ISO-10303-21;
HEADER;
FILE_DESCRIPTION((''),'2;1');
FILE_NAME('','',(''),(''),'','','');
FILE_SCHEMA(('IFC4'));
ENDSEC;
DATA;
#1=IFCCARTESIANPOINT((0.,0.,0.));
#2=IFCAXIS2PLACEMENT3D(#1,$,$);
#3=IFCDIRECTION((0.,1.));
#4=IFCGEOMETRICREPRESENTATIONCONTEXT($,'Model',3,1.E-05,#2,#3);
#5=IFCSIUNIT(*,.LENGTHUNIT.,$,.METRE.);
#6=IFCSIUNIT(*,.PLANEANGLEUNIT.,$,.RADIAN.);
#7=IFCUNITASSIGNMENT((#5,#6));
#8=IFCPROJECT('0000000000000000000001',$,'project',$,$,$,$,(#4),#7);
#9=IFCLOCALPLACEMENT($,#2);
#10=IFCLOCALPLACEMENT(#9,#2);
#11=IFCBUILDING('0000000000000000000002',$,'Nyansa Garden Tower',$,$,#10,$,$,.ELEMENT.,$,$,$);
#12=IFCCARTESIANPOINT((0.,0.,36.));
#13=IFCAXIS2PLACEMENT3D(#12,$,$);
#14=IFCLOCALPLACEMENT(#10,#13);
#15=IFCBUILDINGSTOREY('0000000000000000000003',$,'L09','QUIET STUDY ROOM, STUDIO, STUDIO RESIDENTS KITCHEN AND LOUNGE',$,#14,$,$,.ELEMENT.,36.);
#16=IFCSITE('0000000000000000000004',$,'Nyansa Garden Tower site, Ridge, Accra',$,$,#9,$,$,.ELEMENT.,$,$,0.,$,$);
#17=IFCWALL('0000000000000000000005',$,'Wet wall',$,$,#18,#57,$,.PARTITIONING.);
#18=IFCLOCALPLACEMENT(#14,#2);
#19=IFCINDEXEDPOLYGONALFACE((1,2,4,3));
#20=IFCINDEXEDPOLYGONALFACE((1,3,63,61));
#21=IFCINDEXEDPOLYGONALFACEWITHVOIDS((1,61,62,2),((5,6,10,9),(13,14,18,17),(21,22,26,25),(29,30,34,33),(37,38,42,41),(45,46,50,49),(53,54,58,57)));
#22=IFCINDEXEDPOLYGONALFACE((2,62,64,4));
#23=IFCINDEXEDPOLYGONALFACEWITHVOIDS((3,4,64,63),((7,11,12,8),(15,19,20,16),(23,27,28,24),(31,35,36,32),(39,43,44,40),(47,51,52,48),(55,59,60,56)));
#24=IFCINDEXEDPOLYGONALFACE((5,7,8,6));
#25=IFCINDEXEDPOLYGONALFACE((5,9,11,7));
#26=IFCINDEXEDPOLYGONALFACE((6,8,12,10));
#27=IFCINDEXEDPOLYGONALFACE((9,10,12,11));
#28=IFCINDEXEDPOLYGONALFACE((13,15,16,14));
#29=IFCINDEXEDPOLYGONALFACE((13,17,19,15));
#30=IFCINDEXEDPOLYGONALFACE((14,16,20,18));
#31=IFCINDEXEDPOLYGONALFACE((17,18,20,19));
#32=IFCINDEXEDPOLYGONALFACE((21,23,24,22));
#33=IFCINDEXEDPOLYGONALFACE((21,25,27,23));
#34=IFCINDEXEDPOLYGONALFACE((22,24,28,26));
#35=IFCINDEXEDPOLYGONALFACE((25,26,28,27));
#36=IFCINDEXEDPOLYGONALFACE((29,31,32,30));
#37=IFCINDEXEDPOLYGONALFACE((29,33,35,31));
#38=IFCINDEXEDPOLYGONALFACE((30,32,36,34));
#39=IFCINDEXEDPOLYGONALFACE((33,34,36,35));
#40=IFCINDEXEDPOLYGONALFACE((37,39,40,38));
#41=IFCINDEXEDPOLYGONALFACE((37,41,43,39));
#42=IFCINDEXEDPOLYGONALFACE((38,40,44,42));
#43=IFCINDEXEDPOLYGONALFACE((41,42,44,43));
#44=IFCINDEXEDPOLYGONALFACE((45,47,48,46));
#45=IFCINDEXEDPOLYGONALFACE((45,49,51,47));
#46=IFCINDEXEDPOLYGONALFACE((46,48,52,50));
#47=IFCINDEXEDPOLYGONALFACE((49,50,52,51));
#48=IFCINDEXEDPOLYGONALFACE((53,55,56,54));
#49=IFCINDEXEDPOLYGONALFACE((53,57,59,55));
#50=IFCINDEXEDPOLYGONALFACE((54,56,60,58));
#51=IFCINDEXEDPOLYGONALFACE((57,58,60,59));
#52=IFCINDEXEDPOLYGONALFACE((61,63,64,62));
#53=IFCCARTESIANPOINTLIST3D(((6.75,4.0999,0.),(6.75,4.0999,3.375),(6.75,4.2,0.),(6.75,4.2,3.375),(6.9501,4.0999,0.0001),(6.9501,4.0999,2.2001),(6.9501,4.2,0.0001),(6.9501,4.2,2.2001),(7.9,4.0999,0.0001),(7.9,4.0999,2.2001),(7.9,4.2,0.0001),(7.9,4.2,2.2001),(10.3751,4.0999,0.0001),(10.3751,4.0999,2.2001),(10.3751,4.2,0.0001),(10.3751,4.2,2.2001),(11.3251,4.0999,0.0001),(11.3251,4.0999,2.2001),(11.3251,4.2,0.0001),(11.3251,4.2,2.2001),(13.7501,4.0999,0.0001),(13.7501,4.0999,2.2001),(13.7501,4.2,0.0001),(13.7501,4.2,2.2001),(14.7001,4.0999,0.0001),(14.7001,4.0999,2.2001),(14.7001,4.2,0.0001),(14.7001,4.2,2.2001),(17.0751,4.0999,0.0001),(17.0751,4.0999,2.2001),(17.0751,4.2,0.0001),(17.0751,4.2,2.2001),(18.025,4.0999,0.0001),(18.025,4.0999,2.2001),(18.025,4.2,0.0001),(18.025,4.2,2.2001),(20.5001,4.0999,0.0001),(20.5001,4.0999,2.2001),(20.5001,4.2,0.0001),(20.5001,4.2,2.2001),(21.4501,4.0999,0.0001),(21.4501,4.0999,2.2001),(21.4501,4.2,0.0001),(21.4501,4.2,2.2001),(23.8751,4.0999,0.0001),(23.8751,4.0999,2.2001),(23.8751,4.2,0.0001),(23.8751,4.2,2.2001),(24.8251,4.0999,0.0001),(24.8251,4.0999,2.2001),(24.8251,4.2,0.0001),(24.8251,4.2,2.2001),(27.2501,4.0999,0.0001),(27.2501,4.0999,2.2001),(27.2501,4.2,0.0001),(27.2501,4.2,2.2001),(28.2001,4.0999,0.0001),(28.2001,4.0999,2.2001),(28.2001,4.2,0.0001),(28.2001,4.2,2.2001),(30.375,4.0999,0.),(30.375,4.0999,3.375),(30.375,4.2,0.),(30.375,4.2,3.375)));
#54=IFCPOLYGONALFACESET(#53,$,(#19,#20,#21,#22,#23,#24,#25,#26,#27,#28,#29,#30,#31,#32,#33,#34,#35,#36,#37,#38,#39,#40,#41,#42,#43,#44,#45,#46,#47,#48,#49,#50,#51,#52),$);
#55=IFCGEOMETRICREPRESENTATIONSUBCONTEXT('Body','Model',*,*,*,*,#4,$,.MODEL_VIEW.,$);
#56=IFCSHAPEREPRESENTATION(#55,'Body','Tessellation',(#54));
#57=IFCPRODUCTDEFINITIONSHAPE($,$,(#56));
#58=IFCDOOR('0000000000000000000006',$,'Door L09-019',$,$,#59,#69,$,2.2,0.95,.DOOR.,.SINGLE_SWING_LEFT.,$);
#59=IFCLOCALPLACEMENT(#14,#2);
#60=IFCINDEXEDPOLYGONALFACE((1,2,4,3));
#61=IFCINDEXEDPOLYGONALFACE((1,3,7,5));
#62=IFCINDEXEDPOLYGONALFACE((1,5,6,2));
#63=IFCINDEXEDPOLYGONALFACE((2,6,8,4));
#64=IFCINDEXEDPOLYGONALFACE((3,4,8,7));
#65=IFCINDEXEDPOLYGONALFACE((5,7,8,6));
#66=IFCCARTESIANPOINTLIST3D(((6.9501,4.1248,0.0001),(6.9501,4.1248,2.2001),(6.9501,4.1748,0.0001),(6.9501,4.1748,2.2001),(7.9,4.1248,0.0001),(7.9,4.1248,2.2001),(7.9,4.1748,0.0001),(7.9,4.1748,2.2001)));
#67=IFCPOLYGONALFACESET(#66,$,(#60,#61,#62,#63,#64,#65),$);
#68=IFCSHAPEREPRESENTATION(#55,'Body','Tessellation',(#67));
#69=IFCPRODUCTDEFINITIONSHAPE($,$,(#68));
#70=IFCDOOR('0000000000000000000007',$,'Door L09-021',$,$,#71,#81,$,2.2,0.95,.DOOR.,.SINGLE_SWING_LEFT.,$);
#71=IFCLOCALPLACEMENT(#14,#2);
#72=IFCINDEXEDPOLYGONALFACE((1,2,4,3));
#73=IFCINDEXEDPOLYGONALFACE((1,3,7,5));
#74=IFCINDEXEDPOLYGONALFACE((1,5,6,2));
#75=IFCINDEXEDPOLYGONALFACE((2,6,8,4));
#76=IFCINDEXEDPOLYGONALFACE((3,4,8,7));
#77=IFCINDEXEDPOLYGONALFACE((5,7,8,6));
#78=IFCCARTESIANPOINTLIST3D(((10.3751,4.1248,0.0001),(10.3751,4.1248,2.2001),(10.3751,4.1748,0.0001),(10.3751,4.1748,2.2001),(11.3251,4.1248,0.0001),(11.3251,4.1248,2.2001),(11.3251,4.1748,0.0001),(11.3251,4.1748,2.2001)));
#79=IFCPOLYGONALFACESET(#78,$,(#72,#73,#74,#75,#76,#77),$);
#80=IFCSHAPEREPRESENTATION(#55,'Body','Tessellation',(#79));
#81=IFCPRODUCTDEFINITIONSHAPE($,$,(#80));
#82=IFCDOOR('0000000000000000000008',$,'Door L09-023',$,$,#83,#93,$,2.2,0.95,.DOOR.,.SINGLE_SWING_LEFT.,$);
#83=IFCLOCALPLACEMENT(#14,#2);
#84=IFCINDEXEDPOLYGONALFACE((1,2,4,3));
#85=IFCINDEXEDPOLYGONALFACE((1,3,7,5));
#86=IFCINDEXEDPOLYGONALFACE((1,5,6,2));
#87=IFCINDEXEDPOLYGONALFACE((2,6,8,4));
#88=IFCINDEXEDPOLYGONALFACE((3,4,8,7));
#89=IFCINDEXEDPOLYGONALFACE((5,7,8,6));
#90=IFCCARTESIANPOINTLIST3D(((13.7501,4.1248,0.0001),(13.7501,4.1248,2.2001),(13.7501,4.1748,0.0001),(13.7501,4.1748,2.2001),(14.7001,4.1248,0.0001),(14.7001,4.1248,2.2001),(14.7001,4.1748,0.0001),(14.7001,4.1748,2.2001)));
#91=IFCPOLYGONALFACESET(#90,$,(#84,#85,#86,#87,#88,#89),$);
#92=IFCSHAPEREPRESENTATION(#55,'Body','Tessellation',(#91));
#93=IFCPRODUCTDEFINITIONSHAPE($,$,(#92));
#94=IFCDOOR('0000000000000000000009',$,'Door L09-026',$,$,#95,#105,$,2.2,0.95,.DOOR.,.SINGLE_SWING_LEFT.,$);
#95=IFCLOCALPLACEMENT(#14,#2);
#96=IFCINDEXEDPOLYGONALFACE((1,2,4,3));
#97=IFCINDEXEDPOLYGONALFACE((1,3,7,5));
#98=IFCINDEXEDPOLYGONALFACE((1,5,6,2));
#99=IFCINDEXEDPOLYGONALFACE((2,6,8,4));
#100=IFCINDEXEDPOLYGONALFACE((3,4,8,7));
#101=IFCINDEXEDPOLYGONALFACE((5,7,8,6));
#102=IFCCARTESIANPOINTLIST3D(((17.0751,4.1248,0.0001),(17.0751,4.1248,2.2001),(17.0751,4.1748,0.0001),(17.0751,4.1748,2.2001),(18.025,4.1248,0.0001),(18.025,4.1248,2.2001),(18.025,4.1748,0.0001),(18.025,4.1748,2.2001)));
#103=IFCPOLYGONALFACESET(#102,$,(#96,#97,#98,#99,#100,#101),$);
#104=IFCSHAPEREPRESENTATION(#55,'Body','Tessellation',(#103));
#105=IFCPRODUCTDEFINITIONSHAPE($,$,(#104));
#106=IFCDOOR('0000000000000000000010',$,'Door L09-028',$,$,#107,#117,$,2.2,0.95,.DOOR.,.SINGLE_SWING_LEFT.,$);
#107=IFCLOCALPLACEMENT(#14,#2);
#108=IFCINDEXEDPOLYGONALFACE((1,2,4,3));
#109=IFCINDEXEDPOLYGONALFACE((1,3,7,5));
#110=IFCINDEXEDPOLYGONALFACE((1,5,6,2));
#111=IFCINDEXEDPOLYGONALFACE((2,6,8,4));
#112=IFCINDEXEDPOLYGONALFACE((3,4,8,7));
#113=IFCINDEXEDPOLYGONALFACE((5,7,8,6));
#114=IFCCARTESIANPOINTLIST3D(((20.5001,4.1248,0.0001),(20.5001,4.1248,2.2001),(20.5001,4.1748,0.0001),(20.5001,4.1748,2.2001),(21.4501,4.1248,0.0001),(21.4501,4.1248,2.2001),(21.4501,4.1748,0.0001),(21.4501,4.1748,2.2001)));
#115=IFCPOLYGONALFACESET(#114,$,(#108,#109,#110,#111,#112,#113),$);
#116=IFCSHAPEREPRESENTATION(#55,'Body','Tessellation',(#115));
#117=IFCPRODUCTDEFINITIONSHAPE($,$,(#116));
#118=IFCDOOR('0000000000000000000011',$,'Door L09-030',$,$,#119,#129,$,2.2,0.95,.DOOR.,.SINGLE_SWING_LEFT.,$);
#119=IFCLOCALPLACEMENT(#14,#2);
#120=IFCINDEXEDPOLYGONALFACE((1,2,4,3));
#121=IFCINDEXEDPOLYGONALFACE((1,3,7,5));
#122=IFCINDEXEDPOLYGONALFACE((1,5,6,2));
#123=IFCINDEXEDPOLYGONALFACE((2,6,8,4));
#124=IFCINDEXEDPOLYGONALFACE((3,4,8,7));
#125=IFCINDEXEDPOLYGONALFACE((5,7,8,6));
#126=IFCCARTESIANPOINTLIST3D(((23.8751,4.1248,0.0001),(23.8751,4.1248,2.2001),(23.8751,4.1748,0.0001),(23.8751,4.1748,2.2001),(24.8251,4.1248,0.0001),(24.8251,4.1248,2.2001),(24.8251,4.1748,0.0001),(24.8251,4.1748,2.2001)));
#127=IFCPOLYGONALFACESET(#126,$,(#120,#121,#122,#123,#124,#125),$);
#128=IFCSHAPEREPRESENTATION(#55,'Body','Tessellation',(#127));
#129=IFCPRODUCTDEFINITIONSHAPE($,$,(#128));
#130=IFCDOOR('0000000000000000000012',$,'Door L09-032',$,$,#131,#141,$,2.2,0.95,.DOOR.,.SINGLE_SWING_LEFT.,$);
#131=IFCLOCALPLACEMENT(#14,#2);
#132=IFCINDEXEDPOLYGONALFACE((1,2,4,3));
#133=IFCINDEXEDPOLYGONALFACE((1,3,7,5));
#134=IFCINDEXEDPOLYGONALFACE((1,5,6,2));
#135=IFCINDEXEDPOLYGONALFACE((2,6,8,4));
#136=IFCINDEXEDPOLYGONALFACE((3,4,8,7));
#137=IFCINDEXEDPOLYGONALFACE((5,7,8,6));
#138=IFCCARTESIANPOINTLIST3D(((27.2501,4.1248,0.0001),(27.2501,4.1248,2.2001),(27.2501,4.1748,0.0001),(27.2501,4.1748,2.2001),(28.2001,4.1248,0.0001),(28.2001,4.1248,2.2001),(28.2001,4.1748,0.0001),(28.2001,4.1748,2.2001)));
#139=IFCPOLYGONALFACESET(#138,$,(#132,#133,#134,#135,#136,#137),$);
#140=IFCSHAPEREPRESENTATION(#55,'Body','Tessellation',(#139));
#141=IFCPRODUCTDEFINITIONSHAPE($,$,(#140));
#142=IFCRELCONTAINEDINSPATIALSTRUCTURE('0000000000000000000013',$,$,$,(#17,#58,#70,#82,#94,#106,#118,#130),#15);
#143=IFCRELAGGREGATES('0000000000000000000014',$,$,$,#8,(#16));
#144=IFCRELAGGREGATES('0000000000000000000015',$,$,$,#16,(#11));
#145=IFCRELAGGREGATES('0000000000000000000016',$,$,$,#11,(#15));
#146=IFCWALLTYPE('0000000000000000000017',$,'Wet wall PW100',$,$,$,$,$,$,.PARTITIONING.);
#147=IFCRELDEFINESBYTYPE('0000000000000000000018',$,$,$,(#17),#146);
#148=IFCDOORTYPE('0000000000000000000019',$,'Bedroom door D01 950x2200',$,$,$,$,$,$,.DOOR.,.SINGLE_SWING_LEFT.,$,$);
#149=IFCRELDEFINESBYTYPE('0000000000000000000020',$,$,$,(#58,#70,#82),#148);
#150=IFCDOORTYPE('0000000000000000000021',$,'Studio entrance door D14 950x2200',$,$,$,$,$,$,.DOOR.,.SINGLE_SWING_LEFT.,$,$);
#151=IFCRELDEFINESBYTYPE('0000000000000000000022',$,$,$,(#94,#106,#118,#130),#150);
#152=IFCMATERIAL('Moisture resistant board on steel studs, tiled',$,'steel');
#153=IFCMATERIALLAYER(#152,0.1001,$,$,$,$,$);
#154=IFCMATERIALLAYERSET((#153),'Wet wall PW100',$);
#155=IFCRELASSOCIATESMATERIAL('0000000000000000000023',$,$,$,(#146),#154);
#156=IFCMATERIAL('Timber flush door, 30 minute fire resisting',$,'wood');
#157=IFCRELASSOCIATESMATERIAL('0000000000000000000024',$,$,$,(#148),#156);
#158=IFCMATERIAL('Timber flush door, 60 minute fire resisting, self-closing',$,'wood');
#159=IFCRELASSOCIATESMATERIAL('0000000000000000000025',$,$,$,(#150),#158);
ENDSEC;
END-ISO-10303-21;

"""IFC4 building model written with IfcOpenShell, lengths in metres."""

from ifc_helpers import new_model, si_unit, direction, frame, frame_2d, origin, place, context, subcontext, project, spatial, rectangle, extrude, material, layer, layer_set, type_object, element, fill, save


model = new_model("IFC4")

# Units and contexts
model_context = context("Model", 3, precision=1e-05, world=origin(), true_north=direction((0.0, 1.0)))
body_context = subcontext(model_context, "Body", "Model", "MODEL_VIEW")
ifc_project = project(units=[si_unit("LENGTHUNIT", "METRE"), si_unit("PLANEANGLEUNIT", "RADIAN")], contexts=[model_context])

# Site, building, storey
site_placement = place(None, origin())
site = spatial("IfcSite", under=ifc_project, at=site_placement, Name="Nyansa Garden Tower site, Ridge, Accra", CompositionType="ELEMENT", RefElevation=0.0)
building_placement = place(site_placement, origin())
building = spatial("IfcBuilding", under=site, at=building_placement, Name="Nyansa Garden Tower", CompositionType="ELEMENT")
storey_placement = place(building_placement, frame((0.0, 0.0, 36.0)))
storey = spatial("IfcBuildingStorey", under=building, at=storey_placement, Name="L09", Description="QUIET STUDY ROOM, STUDIO, STUDIO RESIDENTS KITCHEN AND LOUNGE", CompositionType="ELEMENT", Elevation=36.0)

# Wall, openings, doors
ifc_material_1 = material(Name="Moisture resistant board on steel studs, tiled", Category="steel")
ifc_layer_1 = layer(ifc_material_1, 0.1001)
ifc_layer_set_1 = layer_set([ifc_layer_1], Name="Wet wall PW100")
wall_type_1 = type_object("IfcWallType", Name="Wet wall PW100", PredefinedType="PARTITIONING", material=ifc_layer_set_1)
wall_1_placement = place(storey_placement, frame((6.75, 4.1499, 0.0), z_axis=(0.0, 0.0, 1.0), x_axis=(1.0, 0.0, 0.0)))
wall_1 = element("IfcWall", 1, at=wall_1_placement, inside=storey, type_object=wall_type_1, Name="Wet wall", PredefinedType="PARTITIONING", context=body_context, shape_type="SweptSolid", body=[
    extrude(rectangle(XDim=23.625, YDim=0.1001, at=frame_2d((11.8125, 0.0))), origin(), (0.0, 0.0, 1.0), 3.375),
])
opening_1_placement = place(wall_1_placement, frame((0.2, 0.0, 0.0)))
opening_1 = element("IfcOpeningElement", 2, at=opening_1_placement, cuts=wall_1, PredefinedType="OPENING", context=body_context, shape_type="SweptSolid", body=[
    extrude(rectangle(XDim=0.95, YDim=2.2, at=frame_2d((0.4751, 1.1001))), frame((0.0, 0.0601, 0.0), z_axis=(0.0, -1.0, 0.0), x_axis=(1.0, 0.0, 0.0)), (0.0, 0.0, 1.0), 0.1201),
])
opening_2_placement = place(wall_1_placement, frame((3.625, 0.0, 0.0)))
opening_2 = element("IfcOpeningElement", 3, at=opening_2_placement, cuts=wall_1, PredefinedType="OPENING", context=body_context, shape_type="SweptSolid", body=[
    extrude(rectangle(XDim=0.95, YDim=2.2, at=frame_2d((0.4751, 1.1001))), frame((0.0, 0.0601, 0.0), z_axis=(0.0, -1.0, 0.0), x_axis=(1.0, 0.0, 0.0)), (0.0, 0.0, 1.0), 0.1201),
])
opening_3_placement = place(wall_1_placement, frame((7.0, 0.0, 0.0)))
opening_3 = element("IfcOpeningElement", 4, at=opening_3_placement, cuts=wall_1, PredefinedType="OPENING", context=body_context, shape_type="SweptSolid", body=[
    extrude(rectangle(XDim=0.95, YDim=2.2, at=frame_2d((0.4751, 1.1001))), frame((0.0, 0.0601, 0.0), z_axis=(0.0, -1.0, 0.0), x_axis=(1.0, 0.0, 0.0)), (0.0, 0.0, 1.0), 0.1201),
])
opening_4_placement = place(wall_1_placement, frame((10.325, 0.0, 0.0)))
opening_4 = element("IfcOpeningElement", 5, at=opening_4_placement, cuts=wall_1, PredefinedType="OPENING", context=body_context, shape_type="SweptSolid", body=[
    extrude(rectangle(XDim=0.95, YDim=2.2, at=frame_2d((0.4751, 1.1001))), frame((0.0, 0.0601, 0.0), z_axis=(0.0, -1.0, 0.0), x_axis=(1.0, 0.0, 0.0)), (0.0, 0.0, 1.0), 0.1201),
])
opening_5_placement = place(wall_1_placement, frame((13.75, 0.0, 0.0)))
opening_5 = element("IfcOpeningElement", 6, at=opening_5_placement, cuts=wall_1, PredefinedType="OPENING", context=body_context, shape_type="SweptSolid", body=[
    extrude(rectangle(XDim=0.95, YDim=2.2, at=frame_2d((0.4751, 1.1001))), frame((0.0, 0.0601, 0.0), z_axis=(0.0, -1.0, 0.0), x_axis=(1.0, 0.0, 0.0)), (0.0, 0.0, 1.0), 0.1201),
])
opening_6_placement = place(wall_1_placement, frame((17.125, 0.0, 0.0)))
opening_6 = element("IfcOpeningElement", 7, at=opening_6_placement, cuts=wall_1, PredefinedType="OPENING", context=body_context, shape_type="SweptSolid", body=[
    extrude(rectangle(XDim=0.95, YDim=2.2, at=frame_2d((0.4751, 1.1001))), frame((0.0, 0.0601, 0.0), z_axis=(0.0, -1.0, 0.0), x_axis=(1.0, 0.0, 0.0)), (0.0, 0.0, 1.0), 0.1201),
])
opening_7_placement = place(wall_1_placement, frame((20.5, 0.0, 0.0)))
opening_7 = element("IfcOpeningElement", 8, at=opening_7_placement, cuts=wall_1, PredefinedType="OPENING", context=body_context, shape_type="SweptSolid", body=[
    extrude(rectangle(XDim=0.95, YDim=2.2, at=frame_2d((0.4751, 1.1001))), frame((0.0, 0.0601, 0.0), z_axis=(0.0, -1.0, 0.0), x_axis=(1.0, 0.0, 0.0)), (0.0, 0.0, 1.0), 0.1201),
])
ifc_material_2 = material(Name="Timber flush door, 30 minute fire resisting", Category="wood")
door_type_1 = type_object("IfcDoorType", Name="Bedroom door D01 950x2200", OperationType="SINGLE_SWING_LEFT", PredefinedType="DOOR", material=ifc_material_2)
door_1_placement = place(opening_1_placement, origin())
door_1 = element("IfcDoor", 9, at=door_1_placement, inside=storey, type_object=door_type_1, Name="Door L09-019", OperationType="SINGLE_SWING_LEFT", OverallHeight=2.2, OverallWidth=0.95, PredefinedType="DOOR", context=body_context, shape_type="SweptSolid", body=[
    extrude(rectangle(XDim=0.95, YDim=2.2, at=frame_2d((0.4751, 1.1001))), frame((0.0, 0.0249, 0.0), z_axis=(0.0, -1.0, 0.0), x_axis=(1.0, 0.0, 0.0)), (0.0, 0.0, 1.0), 0.05),
])
fill(opening_1, door_1)
door_2_placement = place(opening_2_placement, origin())
door_2 = element("IfcDoor", 10, at=door_2_placement, inside=storey, type_object=door_type_1, Name="Door L09-021", OperationType="SINGLE_SWING_LEFT", OverallHeight=2.2, OverallWidth=0.95, PredefinedType="DOOR", context=body_context, shape_type="SweptSolid", body=[
    extrude(rectangle(XDim=0.95, YDim=2.2, at=frame_2d((0.4751, 1.1001))), frame((0.0, 0.0249, 0.0), z_axis=(0.0, -1.0, 0.0), x_axis=(1.0, 0.0, 0.0)), (0.0, 0.0, 1.0), 0.05),
])
fill(opening_2, door_2)
door_3_placement = place(opening_3_placement, origin())
door_3 = element("IfcDoor", 11, at=door_3_placement, inside=storey, type_object=door_type_1, Name="Door L09-023", OperationType="SINGLE_SWING_LEFT", OverallHeight=2.2, OverallWidth=0.95, PredefinedType="DOOR", context=body_context, shape_type="SweptSolid", body=[
    extrude(rectangle(XDim=0.95, YDim=2.2, at=frame_2d((0.4751, 1.1001))), frame((0.0, 0.0249, 0.0), z_axis=(0.0, -1.0, 0.0), x_axis=(1.0, 0.0, 0.0)), (0.0, 0.0, 1.0), 0.05),
])
fill(opening_3, door_3)
ifc_material_3 = material(Name="Timber flush door, 60 minute fire resisting, self-closing", Category="wood")
door_type_2 = type_object("IfcDoorType", Name="Studio entrance door D14 950x2200", OperationType="SINGLE_SWING_LEFT", PredefinedType="DOOR", material=ifc_material_3)
door_4_placement = place(opening_4_placement, origin())
door_4 = element("IfcDoor", 12, at=door_4_placement, inside=storey, type_object=door_type_2, Name="Door L09-026", OperationType="SINGLE_SWING_LEFT", OverallHeight=2.2, OverallWidth=0.95, PredefinedType="DOOR", context=body_context, shape_type="SweptSolid", body=[
    extrude(rectangle(XDim=0.95, YDim=2.2, at=frame_2d((0.4751, 1.1001))), frame((0.0, 0.0249, 0.0), z_axis=(0.0, -1.0, 0.0), x_axis=(1.0, 0.0, 0.0)), (0.0, 0.0, 1.0), 0.05),
])
fill(opening_4, door_4)
door_5_placement = place(opening_5_placement, origin())
door_5 = element("IfcDoor", 13, at=door_5_placement, inside=storey, type_object=door_type_2, Name="Door L09-028", OperationType="SINGLE_SWING_LEFT", OverallHeight=2.2, OverallWidth=0.95, PredefinedType="DOOR", context=body_context, shape_type="SweptSolid", body=[
    extrude(rectangle(XDim=0.95, YDim=2.2, at=frame_2d((0.4751, 1.1001))), frame((0.0, 0.0249, 0.0), z_axis=(0.0, -1.0, 0.0), x_axis=(1.0, 0.0, 0.0)), (0.0, 0.0, 1.0), 0.05),
])
fill(opening_5, door_5)
door_6_placement = place(opening_6_placement, origin())
door_6 = element("IfcDoor", 14, at=door_6_placement, inside=storey, type_object=door_type_2, Name="Door L09-030", OperationType="SINGLE_SWING_LEFT", OverallHeight=2.2, OverallWidth=0.95, PredefinedType="DOOR", context=body_context, shape_type="SweptSolid", body=[
    extrude(rectangle(XDim=0.95, YDim=2.2, at=frame_2d((0.4751, 1.1001))), frame((0.0, 0.0249, 0.0), z_axis=(0.0, -1.0, 0.0), x_axis=(1.0, 0.0, 0.0)), (0.0, 0.0, 1.0), 0.05),
])
fill(opening_6, door_6)
door_7_placement = place(opening_7_placement, origin())
door_7 = element("IfcDoor", 15, at=door_7_placement, inside=storey, type_object=door_type_2, Name="Door L09-032", OperationType="SINGLE_SWING_LEFT", OverallHeight=2.2, OverallWidth=0.95, PredefinedType="DOOR", context=body_context, shape_type="SweptSolid", body=[
    extrude(rectangle(XDim=0.95, YDim=2.2, at=frame_2d((0.4751, 1.1001))), frame((0.0, 0.0249, 0.0), z_axis=(0.0, -1.0, 0.0), x_axis=(1.0, 0.0, 0.0)), (0.0, 0.0, 1.0), 0.05),
])
fill(opening_7, door_7)

save(model, "model.ifc")
